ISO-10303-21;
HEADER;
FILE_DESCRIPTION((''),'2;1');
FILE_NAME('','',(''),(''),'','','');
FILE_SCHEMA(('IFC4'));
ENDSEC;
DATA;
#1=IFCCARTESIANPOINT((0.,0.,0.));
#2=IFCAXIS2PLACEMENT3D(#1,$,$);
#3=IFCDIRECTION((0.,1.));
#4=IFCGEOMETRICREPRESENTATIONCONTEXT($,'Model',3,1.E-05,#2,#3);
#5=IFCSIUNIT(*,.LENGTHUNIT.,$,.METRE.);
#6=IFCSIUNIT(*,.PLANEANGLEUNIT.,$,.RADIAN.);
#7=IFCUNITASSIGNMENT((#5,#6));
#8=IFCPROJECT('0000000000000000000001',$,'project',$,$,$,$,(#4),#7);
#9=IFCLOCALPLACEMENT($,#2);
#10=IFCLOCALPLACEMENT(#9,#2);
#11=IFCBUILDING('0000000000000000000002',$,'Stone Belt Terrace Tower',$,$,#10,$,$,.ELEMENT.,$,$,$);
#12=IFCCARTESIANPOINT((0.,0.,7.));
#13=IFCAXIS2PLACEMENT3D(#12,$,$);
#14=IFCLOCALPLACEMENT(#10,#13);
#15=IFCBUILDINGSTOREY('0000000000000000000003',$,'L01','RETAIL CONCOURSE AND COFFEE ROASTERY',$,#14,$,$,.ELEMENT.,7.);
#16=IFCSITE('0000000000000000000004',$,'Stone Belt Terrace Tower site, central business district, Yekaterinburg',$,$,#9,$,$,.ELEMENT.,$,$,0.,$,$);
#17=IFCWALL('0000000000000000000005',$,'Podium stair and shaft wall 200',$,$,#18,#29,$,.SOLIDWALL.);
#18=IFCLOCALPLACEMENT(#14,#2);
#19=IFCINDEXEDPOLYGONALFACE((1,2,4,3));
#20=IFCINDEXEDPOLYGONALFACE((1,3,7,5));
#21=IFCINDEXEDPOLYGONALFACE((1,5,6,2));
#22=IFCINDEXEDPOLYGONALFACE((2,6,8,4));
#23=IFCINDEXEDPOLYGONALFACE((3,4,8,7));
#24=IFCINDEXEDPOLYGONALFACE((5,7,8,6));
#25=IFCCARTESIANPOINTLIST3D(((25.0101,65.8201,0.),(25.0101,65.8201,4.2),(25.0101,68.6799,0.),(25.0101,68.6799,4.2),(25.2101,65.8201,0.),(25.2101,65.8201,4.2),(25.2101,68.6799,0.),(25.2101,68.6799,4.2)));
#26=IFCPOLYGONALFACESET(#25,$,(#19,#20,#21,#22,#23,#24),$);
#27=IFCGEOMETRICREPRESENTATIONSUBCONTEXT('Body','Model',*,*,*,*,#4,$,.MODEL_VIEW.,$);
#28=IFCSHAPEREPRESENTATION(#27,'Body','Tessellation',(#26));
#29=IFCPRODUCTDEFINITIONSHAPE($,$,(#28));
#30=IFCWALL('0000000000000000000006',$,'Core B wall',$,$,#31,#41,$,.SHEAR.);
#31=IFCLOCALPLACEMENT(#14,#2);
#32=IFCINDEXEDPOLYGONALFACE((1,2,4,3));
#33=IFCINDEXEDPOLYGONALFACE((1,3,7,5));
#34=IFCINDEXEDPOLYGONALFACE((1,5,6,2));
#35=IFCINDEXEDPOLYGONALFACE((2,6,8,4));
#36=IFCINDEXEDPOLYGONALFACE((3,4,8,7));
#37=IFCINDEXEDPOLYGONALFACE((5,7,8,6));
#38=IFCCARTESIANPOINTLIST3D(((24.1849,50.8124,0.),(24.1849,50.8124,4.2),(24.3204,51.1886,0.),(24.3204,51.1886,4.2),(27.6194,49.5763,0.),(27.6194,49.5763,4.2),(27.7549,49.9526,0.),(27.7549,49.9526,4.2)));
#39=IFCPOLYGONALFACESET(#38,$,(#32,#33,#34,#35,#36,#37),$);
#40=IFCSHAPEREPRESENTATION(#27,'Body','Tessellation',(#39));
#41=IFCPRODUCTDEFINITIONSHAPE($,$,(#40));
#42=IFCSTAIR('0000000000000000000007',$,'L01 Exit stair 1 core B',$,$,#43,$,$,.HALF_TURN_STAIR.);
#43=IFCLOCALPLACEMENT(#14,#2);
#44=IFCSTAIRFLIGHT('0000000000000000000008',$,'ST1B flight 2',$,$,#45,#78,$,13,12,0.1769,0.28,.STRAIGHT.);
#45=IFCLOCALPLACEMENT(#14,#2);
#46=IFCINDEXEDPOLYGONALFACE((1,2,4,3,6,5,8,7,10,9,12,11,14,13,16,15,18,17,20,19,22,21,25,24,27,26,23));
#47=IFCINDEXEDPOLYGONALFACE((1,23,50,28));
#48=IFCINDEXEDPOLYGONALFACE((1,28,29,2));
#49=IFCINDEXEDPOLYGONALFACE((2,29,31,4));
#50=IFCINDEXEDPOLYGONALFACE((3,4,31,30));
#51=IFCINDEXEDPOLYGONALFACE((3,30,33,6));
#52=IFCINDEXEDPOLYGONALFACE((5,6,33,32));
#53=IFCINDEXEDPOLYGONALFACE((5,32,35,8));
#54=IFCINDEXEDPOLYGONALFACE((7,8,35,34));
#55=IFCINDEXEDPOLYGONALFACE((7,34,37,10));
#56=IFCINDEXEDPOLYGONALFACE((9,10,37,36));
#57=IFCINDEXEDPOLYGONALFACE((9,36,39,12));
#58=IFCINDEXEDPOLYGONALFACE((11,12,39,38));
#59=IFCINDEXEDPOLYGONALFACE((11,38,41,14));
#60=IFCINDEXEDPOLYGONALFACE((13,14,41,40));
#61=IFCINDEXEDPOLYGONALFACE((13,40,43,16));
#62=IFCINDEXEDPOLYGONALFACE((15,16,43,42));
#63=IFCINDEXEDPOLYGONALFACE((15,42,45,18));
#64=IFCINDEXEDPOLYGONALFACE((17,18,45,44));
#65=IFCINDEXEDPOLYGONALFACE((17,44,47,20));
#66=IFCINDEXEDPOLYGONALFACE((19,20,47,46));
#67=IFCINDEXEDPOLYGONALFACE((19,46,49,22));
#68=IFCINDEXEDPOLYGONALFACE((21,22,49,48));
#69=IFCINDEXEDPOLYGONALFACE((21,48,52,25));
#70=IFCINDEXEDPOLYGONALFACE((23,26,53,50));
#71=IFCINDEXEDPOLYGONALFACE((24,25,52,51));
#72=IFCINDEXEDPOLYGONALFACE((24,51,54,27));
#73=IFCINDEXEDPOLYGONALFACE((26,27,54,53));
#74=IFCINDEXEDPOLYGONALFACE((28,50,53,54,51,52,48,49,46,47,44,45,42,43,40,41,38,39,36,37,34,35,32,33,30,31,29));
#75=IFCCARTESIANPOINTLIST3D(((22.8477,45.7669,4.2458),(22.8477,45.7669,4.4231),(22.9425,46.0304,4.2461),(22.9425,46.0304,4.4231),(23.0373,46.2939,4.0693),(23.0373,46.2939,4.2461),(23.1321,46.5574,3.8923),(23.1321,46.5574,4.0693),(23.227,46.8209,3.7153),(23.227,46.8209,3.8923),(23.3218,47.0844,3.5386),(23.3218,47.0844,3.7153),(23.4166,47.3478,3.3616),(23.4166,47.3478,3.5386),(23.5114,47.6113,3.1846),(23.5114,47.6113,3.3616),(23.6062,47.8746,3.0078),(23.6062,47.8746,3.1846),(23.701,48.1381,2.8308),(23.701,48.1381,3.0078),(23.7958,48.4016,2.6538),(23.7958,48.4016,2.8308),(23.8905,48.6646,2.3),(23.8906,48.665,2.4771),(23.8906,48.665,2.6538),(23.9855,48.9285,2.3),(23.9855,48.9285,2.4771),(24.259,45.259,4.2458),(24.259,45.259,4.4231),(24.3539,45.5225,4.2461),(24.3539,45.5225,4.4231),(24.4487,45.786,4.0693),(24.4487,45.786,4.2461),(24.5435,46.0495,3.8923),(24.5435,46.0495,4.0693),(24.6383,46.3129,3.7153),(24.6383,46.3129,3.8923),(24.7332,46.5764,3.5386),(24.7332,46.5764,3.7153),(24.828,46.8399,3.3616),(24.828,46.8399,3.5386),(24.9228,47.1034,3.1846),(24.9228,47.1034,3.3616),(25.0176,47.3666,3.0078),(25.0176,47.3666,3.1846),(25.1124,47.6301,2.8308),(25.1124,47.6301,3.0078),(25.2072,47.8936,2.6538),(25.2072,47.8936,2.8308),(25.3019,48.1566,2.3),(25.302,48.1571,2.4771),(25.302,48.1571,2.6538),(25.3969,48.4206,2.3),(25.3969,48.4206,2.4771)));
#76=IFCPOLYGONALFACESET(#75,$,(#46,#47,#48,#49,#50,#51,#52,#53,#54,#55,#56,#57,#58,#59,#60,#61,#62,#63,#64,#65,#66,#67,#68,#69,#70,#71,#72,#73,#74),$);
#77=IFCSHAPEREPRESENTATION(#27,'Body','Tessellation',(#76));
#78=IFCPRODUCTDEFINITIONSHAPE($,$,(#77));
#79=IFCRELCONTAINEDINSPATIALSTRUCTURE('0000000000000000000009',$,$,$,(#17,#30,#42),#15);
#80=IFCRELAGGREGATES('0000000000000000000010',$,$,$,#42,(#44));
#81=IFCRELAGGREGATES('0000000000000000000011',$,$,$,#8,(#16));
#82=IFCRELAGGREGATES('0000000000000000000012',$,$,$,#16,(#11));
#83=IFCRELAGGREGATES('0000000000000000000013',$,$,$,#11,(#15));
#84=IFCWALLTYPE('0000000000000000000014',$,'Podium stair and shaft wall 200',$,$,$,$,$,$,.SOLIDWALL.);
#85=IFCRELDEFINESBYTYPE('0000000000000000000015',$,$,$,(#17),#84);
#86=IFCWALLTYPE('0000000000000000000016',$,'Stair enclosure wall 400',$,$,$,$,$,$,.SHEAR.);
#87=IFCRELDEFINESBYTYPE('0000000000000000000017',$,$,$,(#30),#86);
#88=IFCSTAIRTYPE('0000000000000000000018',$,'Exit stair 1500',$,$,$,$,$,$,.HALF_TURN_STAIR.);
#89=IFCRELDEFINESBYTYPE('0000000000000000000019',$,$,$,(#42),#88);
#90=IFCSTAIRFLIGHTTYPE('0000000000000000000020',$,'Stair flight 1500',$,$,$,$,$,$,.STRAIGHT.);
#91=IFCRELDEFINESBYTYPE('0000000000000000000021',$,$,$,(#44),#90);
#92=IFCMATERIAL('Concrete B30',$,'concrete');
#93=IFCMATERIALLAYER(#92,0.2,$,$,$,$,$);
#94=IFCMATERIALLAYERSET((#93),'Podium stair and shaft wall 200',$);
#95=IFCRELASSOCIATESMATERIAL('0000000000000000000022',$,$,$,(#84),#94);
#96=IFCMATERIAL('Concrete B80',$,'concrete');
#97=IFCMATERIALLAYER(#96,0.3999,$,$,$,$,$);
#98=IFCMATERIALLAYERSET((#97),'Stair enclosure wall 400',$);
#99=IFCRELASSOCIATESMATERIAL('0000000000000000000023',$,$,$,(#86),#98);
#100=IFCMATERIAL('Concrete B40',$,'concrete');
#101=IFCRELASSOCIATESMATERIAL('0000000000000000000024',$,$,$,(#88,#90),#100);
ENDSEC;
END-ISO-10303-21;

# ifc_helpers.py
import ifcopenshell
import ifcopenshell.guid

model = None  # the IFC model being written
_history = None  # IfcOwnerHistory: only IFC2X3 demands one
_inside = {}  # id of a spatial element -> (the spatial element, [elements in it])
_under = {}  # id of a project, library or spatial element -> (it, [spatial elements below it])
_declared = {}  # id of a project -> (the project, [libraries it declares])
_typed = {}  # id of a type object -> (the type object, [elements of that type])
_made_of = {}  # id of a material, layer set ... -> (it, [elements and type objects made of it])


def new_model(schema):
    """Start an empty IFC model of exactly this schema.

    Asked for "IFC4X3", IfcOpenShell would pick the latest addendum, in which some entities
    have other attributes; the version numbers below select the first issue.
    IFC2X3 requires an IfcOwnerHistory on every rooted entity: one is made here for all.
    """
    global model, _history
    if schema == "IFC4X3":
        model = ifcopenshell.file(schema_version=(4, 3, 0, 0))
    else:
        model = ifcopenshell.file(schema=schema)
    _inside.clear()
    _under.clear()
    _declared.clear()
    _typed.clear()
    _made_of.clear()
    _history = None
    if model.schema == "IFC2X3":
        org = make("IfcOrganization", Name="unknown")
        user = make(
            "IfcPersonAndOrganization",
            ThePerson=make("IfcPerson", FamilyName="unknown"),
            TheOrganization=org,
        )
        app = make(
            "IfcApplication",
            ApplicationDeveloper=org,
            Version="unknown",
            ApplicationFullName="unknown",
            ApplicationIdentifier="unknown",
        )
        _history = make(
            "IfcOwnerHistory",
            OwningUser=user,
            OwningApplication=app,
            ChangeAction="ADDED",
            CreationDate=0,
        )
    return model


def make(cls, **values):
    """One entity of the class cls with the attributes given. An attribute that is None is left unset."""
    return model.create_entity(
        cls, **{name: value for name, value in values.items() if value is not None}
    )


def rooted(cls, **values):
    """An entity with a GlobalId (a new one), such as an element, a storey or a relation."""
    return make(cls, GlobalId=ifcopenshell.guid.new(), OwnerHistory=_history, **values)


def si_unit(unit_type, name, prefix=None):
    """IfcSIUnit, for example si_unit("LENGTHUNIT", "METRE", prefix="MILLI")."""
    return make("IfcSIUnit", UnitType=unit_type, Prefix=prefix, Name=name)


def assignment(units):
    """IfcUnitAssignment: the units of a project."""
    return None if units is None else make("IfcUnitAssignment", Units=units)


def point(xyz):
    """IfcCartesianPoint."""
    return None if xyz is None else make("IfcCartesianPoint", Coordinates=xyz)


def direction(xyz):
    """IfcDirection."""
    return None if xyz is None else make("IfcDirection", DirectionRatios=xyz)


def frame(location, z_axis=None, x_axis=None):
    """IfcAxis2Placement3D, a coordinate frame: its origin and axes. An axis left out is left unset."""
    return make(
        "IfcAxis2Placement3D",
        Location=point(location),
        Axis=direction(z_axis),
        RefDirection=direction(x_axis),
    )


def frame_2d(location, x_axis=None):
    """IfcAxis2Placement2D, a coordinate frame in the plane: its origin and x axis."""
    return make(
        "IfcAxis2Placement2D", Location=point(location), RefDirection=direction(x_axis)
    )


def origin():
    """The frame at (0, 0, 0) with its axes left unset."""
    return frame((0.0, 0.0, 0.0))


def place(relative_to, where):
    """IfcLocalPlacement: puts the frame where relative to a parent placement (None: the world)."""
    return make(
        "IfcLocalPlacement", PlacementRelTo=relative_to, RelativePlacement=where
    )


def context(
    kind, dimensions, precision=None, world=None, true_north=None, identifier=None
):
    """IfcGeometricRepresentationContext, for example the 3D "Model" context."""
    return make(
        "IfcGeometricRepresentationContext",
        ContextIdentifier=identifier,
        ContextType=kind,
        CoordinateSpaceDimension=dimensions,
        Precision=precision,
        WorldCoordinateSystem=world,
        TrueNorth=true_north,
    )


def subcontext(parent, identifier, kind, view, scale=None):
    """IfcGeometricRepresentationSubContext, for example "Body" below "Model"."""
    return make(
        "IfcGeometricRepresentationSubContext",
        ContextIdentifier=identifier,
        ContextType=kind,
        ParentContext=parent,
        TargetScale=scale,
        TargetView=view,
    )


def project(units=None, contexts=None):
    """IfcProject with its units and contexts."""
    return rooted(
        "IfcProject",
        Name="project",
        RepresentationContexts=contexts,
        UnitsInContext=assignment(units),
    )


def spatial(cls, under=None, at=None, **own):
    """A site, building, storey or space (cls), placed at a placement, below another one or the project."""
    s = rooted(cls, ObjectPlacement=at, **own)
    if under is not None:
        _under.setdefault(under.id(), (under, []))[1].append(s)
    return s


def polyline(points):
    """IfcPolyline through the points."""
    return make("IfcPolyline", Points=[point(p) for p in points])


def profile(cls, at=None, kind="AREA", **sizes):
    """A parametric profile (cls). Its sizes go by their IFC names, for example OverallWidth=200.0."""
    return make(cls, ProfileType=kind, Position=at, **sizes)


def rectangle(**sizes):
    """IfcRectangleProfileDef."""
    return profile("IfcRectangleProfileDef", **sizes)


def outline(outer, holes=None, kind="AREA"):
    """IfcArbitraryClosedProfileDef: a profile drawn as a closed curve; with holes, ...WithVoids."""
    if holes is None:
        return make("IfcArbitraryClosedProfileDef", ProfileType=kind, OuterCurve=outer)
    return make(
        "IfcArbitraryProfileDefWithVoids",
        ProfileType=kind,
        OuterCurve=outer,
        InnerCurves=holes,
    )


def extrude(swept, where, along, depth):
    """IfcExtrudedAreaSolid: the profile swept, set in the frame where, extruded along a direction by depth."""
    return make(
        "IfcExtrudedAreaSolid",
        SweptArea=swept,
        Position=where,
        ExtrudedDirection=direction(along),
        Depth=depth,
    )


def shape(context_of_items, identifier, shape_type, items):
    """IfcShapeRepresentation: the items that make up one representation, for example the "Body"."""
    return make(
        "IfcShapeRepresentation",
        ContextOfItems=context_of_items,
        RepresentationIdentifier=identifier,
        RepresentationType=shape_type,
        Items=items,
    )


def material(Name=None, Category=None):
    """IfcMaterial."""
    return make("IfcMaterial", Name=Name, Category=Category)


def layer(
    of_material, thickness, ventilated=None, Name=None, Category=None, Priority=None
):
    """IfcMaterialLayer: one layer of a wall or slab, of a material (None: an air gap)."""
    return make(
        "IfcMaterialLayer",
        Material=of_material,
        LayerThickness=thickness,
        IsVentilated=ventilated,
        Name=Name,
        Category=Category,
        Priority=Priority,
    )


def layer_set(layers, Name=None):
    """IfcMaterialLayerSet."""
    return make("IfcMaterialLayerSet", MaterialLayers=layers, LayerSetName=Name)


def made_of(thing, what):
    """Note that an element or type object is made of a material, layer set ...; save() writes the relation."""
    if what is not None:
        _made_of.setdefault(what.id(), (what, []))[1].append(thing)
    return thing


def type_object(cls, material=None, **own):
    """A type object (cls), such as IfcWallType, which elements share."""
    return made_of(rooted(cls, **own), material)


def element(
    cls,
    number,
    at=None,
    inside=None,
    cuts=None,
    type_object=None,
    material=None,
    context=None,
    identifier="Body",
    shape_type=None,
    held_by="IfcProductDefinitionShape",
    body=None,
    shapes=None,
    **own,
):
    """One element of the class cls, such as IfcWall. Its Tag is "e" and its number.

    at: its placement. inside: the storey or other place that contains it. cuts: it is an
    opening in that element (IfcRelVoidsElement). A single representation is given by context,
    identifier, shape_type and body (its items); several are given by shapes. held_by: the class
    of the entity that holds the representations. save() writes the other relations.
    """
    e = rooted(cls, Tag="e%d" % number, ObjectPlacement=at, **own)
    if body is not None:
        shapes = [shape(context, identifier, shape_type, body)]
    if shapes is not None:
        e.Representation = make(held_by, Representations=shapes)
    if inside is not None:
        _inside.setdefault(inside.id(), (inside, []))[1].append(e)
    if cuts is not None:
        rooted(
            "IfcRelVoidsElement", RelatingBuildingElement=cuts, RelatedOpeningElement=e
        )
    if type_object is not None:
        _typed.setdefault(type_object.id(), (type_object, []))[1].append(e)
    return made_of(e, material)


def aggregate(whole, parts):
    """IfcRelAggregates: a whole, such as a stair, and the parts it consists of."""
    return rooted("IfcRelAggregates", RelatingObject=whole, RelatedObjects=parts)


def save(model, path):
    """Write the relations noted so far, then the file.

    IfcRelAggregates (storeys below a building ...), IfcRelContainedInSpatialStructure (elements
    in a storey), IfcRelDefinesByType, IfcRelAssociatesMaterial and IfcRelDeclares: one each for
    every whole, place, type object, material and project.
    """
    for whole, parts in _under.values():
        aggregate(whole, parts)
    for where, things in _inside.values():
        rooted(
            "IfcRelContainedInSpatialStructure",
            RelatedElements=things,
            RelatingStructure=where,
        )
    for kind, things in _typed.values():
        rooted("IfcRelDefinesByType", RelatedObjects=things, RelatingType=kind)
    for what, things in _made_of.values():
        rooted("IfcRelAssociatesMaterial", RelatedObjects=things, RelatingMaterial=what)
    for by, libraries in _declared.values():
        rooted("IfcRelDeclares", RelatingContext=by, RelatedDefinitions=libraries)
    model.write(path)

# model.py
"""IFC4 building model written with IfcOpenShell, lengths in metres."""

from ifc_helpers import new_model, si_unit, direction, frame, frame_2d, origin, place, context, subcontext, project, spatial, polyline, rectangle, outline, extrude, material, layer, layer_set, type_object, element, aggregate, save


model = new_model("IFC4")

# Units and contexts
model_context = context("Model", 3, precision=1e-05, world=origin(), true_north=direction((0.0, 1.0)))
body_context = subcontext(model_context, "Body", "Model", "MODEL_VIEW")
ifc_project = project(units=[si_unit("LENGTHUNIT", "METRE"), si_unit("PLANEANGLEUNIT", "RADIAN")], contexts=[model_context])

# Site, building, storey
site_placement = place(None, origin())
site = spatial("IfcSite", under=ifc_project, at=site_placement, Name="Stone Belt Terrace Tower site, central business district, Yekaterinburg", CompositionType="ELEMENT", RefElevation=0.0)
building_placement = place(site_placement, origin())
building = spatial("IfcBuilding", under=site, at=building_placement, Name="Stone Belt Terrace Tower", CompositionType="ELEMENT")
storey_placement = place(building_placement, frame((0.0, 0.0, 7.0)))
storey = spatial("IfcBuildingStorey", under=building, at=storey_placement, Name="L01", Description="RETAIL CONCOURSE AND COFFEE ROASTERY", CompositionType="ELEMENT", Elevation=7.0)

# Shared definitions
ifc_material_1 = material(Name="Concrete B80", Category="concrete")

# Walls
ifc_material_2 = material(Name="Concrete B30", Category="concrete")
ifc_layer_1 = layer(ifc_material_2, 0.2)
ifc_layer_set_1 = layer_set([ifc_layer_1], Name="Podium stair and shaft wall 200")
wall_type_1 = type_object("IfcWallType", Name="Podium stair and shaft wall 200", PredefinedType="SOLIDWALL", material=ifc_layer_set_1)
wall_1_placement = place(storey_placement, frame((25.1101, 65.8201, 0.0), z_axis=(0.0, 0.0, 1.0), x_axis=(0.0, 1.0, 0.0)))
element("IfcWall", 1, at=wall_1_placement, inside=storey, type_object=wall_type_1, Name="Podium stair and shaft wall 200", PredefinedType="SOLIDWALL", context=body_context, shape_type="SweptSolid", body=[
    extrude(rectangle(XDim=2.8599, YDim=0.2, at=frame_2d((1.4299, 0.0))), origin(), (0.0, 0.0, 1.0), 4.2),
])
ifc_layer_2 = layer(ifc_material_1, 0.3999)
ifc_layer_set_2 = layer_set([ifc_layer_2], Name="Stair enclosure wall 400")
wall_type_2 = type_object("IfcWallType", Name="Stair enclosure wall 400", PredefinedType="SHEAR", material=ifc_layer_set_2)
wall_2_placement = place(storey_placement, frame((27.6873, 49.7644, 0.0), z_axis=(0.0, 0.0, 1.0), x_axis=(-0.940919, 0.338632, 0.0)))
element("IfcWall", 2, at=wall_2_placement, inside=storey, type_object=wall_type_2, Name="Core B wall", PredefinedType="SHEAR", context=body_context, shape_type="SweptSolid", body=[
    extrude(rectangle(XDim=3.6501, YDim=0.3999, at=frame_2d((1.8252, 0.0))), origin(), (0.0, 0.0, 1.0), 4.2),
])

# Stair, stair flight
ifc_material_3 = material(Name="Concrete B40", Category="concrete")
stair_type = type_object("IfcStairType", Name="Exit stair 1500", PredefinedType="HALF_TURN_STAIR", material=ifc_material_3)
stair_placement = place(storey_placement, origin())
stair = element("IfcStair", 3, at=stair_placement, inside=storey, type_object=stair_type, Name="L01 Exit stair 1 core B", PredefinedType="HALF_TURN_STAIR")
stair_flight_type = type_object("IfcStairFlightType", Name="Stair flight 1500", PredefinedType="STRAIGHT", material=ifc_material_3)
stair_flight_placement = place(storey_placement, frame((24.6912, 48.6746, 2.3), z_axis=(0.0, 0.0, 1.0), x_axis=(-0.338624, -0.940922, 0.0)))
stair_flight = element("IfcStairFlight", 4, at=stair_flight_placement, type_object=stair_flight_type, Name="ST1B flight 2", NumberOfRisers=13, NumberOfTreads=12, PredefinedType="STRAIGHT", RiserHeight=0.1769, TreadLength=0.28, context=body_context, shape_type="SweptSolid", body=[
    extrude(outline(polyline([(0.0, 0.0), (0.0, 0.177), (0.28, 0.177), (0.28, 0.3538), (0.5601, 0.3538), (0.5601, 0.5308), (0.8401, 0.5308), (0.8401, 0.7078), (1.1201, 0.7078), (1.1201, 0.8845), (1.3999, 0.8845), (1.3999, 1.0615), (1.6799, 1.0615), (1.6799, 1.2385), (1.96, 1.2385), (1.96, 1.4153), (2.24, 1.4153), (2.24, 1.5923), (2.52, 1.5923), (2.52, 1.7693), (2.8, 1.7693), (2.8, 1.946), (3.0801, 1.946), (3.0801, 2.123), (3.3601, 2.123), (3.3601, 2.3), (3.3601, 1.9458), (0.2805, 0.0), (0.0, 0.0)])), frame((0.0, 0.75, 0.0), z_axis=(0.0, -1.0, 0.0), x_axis=(1.0, 0.0, 0.0)), (0.0, 0.0, 1.0), 1.5),
])
aggregate(stair, [stair_flight])

save(model, "model.ifc")
